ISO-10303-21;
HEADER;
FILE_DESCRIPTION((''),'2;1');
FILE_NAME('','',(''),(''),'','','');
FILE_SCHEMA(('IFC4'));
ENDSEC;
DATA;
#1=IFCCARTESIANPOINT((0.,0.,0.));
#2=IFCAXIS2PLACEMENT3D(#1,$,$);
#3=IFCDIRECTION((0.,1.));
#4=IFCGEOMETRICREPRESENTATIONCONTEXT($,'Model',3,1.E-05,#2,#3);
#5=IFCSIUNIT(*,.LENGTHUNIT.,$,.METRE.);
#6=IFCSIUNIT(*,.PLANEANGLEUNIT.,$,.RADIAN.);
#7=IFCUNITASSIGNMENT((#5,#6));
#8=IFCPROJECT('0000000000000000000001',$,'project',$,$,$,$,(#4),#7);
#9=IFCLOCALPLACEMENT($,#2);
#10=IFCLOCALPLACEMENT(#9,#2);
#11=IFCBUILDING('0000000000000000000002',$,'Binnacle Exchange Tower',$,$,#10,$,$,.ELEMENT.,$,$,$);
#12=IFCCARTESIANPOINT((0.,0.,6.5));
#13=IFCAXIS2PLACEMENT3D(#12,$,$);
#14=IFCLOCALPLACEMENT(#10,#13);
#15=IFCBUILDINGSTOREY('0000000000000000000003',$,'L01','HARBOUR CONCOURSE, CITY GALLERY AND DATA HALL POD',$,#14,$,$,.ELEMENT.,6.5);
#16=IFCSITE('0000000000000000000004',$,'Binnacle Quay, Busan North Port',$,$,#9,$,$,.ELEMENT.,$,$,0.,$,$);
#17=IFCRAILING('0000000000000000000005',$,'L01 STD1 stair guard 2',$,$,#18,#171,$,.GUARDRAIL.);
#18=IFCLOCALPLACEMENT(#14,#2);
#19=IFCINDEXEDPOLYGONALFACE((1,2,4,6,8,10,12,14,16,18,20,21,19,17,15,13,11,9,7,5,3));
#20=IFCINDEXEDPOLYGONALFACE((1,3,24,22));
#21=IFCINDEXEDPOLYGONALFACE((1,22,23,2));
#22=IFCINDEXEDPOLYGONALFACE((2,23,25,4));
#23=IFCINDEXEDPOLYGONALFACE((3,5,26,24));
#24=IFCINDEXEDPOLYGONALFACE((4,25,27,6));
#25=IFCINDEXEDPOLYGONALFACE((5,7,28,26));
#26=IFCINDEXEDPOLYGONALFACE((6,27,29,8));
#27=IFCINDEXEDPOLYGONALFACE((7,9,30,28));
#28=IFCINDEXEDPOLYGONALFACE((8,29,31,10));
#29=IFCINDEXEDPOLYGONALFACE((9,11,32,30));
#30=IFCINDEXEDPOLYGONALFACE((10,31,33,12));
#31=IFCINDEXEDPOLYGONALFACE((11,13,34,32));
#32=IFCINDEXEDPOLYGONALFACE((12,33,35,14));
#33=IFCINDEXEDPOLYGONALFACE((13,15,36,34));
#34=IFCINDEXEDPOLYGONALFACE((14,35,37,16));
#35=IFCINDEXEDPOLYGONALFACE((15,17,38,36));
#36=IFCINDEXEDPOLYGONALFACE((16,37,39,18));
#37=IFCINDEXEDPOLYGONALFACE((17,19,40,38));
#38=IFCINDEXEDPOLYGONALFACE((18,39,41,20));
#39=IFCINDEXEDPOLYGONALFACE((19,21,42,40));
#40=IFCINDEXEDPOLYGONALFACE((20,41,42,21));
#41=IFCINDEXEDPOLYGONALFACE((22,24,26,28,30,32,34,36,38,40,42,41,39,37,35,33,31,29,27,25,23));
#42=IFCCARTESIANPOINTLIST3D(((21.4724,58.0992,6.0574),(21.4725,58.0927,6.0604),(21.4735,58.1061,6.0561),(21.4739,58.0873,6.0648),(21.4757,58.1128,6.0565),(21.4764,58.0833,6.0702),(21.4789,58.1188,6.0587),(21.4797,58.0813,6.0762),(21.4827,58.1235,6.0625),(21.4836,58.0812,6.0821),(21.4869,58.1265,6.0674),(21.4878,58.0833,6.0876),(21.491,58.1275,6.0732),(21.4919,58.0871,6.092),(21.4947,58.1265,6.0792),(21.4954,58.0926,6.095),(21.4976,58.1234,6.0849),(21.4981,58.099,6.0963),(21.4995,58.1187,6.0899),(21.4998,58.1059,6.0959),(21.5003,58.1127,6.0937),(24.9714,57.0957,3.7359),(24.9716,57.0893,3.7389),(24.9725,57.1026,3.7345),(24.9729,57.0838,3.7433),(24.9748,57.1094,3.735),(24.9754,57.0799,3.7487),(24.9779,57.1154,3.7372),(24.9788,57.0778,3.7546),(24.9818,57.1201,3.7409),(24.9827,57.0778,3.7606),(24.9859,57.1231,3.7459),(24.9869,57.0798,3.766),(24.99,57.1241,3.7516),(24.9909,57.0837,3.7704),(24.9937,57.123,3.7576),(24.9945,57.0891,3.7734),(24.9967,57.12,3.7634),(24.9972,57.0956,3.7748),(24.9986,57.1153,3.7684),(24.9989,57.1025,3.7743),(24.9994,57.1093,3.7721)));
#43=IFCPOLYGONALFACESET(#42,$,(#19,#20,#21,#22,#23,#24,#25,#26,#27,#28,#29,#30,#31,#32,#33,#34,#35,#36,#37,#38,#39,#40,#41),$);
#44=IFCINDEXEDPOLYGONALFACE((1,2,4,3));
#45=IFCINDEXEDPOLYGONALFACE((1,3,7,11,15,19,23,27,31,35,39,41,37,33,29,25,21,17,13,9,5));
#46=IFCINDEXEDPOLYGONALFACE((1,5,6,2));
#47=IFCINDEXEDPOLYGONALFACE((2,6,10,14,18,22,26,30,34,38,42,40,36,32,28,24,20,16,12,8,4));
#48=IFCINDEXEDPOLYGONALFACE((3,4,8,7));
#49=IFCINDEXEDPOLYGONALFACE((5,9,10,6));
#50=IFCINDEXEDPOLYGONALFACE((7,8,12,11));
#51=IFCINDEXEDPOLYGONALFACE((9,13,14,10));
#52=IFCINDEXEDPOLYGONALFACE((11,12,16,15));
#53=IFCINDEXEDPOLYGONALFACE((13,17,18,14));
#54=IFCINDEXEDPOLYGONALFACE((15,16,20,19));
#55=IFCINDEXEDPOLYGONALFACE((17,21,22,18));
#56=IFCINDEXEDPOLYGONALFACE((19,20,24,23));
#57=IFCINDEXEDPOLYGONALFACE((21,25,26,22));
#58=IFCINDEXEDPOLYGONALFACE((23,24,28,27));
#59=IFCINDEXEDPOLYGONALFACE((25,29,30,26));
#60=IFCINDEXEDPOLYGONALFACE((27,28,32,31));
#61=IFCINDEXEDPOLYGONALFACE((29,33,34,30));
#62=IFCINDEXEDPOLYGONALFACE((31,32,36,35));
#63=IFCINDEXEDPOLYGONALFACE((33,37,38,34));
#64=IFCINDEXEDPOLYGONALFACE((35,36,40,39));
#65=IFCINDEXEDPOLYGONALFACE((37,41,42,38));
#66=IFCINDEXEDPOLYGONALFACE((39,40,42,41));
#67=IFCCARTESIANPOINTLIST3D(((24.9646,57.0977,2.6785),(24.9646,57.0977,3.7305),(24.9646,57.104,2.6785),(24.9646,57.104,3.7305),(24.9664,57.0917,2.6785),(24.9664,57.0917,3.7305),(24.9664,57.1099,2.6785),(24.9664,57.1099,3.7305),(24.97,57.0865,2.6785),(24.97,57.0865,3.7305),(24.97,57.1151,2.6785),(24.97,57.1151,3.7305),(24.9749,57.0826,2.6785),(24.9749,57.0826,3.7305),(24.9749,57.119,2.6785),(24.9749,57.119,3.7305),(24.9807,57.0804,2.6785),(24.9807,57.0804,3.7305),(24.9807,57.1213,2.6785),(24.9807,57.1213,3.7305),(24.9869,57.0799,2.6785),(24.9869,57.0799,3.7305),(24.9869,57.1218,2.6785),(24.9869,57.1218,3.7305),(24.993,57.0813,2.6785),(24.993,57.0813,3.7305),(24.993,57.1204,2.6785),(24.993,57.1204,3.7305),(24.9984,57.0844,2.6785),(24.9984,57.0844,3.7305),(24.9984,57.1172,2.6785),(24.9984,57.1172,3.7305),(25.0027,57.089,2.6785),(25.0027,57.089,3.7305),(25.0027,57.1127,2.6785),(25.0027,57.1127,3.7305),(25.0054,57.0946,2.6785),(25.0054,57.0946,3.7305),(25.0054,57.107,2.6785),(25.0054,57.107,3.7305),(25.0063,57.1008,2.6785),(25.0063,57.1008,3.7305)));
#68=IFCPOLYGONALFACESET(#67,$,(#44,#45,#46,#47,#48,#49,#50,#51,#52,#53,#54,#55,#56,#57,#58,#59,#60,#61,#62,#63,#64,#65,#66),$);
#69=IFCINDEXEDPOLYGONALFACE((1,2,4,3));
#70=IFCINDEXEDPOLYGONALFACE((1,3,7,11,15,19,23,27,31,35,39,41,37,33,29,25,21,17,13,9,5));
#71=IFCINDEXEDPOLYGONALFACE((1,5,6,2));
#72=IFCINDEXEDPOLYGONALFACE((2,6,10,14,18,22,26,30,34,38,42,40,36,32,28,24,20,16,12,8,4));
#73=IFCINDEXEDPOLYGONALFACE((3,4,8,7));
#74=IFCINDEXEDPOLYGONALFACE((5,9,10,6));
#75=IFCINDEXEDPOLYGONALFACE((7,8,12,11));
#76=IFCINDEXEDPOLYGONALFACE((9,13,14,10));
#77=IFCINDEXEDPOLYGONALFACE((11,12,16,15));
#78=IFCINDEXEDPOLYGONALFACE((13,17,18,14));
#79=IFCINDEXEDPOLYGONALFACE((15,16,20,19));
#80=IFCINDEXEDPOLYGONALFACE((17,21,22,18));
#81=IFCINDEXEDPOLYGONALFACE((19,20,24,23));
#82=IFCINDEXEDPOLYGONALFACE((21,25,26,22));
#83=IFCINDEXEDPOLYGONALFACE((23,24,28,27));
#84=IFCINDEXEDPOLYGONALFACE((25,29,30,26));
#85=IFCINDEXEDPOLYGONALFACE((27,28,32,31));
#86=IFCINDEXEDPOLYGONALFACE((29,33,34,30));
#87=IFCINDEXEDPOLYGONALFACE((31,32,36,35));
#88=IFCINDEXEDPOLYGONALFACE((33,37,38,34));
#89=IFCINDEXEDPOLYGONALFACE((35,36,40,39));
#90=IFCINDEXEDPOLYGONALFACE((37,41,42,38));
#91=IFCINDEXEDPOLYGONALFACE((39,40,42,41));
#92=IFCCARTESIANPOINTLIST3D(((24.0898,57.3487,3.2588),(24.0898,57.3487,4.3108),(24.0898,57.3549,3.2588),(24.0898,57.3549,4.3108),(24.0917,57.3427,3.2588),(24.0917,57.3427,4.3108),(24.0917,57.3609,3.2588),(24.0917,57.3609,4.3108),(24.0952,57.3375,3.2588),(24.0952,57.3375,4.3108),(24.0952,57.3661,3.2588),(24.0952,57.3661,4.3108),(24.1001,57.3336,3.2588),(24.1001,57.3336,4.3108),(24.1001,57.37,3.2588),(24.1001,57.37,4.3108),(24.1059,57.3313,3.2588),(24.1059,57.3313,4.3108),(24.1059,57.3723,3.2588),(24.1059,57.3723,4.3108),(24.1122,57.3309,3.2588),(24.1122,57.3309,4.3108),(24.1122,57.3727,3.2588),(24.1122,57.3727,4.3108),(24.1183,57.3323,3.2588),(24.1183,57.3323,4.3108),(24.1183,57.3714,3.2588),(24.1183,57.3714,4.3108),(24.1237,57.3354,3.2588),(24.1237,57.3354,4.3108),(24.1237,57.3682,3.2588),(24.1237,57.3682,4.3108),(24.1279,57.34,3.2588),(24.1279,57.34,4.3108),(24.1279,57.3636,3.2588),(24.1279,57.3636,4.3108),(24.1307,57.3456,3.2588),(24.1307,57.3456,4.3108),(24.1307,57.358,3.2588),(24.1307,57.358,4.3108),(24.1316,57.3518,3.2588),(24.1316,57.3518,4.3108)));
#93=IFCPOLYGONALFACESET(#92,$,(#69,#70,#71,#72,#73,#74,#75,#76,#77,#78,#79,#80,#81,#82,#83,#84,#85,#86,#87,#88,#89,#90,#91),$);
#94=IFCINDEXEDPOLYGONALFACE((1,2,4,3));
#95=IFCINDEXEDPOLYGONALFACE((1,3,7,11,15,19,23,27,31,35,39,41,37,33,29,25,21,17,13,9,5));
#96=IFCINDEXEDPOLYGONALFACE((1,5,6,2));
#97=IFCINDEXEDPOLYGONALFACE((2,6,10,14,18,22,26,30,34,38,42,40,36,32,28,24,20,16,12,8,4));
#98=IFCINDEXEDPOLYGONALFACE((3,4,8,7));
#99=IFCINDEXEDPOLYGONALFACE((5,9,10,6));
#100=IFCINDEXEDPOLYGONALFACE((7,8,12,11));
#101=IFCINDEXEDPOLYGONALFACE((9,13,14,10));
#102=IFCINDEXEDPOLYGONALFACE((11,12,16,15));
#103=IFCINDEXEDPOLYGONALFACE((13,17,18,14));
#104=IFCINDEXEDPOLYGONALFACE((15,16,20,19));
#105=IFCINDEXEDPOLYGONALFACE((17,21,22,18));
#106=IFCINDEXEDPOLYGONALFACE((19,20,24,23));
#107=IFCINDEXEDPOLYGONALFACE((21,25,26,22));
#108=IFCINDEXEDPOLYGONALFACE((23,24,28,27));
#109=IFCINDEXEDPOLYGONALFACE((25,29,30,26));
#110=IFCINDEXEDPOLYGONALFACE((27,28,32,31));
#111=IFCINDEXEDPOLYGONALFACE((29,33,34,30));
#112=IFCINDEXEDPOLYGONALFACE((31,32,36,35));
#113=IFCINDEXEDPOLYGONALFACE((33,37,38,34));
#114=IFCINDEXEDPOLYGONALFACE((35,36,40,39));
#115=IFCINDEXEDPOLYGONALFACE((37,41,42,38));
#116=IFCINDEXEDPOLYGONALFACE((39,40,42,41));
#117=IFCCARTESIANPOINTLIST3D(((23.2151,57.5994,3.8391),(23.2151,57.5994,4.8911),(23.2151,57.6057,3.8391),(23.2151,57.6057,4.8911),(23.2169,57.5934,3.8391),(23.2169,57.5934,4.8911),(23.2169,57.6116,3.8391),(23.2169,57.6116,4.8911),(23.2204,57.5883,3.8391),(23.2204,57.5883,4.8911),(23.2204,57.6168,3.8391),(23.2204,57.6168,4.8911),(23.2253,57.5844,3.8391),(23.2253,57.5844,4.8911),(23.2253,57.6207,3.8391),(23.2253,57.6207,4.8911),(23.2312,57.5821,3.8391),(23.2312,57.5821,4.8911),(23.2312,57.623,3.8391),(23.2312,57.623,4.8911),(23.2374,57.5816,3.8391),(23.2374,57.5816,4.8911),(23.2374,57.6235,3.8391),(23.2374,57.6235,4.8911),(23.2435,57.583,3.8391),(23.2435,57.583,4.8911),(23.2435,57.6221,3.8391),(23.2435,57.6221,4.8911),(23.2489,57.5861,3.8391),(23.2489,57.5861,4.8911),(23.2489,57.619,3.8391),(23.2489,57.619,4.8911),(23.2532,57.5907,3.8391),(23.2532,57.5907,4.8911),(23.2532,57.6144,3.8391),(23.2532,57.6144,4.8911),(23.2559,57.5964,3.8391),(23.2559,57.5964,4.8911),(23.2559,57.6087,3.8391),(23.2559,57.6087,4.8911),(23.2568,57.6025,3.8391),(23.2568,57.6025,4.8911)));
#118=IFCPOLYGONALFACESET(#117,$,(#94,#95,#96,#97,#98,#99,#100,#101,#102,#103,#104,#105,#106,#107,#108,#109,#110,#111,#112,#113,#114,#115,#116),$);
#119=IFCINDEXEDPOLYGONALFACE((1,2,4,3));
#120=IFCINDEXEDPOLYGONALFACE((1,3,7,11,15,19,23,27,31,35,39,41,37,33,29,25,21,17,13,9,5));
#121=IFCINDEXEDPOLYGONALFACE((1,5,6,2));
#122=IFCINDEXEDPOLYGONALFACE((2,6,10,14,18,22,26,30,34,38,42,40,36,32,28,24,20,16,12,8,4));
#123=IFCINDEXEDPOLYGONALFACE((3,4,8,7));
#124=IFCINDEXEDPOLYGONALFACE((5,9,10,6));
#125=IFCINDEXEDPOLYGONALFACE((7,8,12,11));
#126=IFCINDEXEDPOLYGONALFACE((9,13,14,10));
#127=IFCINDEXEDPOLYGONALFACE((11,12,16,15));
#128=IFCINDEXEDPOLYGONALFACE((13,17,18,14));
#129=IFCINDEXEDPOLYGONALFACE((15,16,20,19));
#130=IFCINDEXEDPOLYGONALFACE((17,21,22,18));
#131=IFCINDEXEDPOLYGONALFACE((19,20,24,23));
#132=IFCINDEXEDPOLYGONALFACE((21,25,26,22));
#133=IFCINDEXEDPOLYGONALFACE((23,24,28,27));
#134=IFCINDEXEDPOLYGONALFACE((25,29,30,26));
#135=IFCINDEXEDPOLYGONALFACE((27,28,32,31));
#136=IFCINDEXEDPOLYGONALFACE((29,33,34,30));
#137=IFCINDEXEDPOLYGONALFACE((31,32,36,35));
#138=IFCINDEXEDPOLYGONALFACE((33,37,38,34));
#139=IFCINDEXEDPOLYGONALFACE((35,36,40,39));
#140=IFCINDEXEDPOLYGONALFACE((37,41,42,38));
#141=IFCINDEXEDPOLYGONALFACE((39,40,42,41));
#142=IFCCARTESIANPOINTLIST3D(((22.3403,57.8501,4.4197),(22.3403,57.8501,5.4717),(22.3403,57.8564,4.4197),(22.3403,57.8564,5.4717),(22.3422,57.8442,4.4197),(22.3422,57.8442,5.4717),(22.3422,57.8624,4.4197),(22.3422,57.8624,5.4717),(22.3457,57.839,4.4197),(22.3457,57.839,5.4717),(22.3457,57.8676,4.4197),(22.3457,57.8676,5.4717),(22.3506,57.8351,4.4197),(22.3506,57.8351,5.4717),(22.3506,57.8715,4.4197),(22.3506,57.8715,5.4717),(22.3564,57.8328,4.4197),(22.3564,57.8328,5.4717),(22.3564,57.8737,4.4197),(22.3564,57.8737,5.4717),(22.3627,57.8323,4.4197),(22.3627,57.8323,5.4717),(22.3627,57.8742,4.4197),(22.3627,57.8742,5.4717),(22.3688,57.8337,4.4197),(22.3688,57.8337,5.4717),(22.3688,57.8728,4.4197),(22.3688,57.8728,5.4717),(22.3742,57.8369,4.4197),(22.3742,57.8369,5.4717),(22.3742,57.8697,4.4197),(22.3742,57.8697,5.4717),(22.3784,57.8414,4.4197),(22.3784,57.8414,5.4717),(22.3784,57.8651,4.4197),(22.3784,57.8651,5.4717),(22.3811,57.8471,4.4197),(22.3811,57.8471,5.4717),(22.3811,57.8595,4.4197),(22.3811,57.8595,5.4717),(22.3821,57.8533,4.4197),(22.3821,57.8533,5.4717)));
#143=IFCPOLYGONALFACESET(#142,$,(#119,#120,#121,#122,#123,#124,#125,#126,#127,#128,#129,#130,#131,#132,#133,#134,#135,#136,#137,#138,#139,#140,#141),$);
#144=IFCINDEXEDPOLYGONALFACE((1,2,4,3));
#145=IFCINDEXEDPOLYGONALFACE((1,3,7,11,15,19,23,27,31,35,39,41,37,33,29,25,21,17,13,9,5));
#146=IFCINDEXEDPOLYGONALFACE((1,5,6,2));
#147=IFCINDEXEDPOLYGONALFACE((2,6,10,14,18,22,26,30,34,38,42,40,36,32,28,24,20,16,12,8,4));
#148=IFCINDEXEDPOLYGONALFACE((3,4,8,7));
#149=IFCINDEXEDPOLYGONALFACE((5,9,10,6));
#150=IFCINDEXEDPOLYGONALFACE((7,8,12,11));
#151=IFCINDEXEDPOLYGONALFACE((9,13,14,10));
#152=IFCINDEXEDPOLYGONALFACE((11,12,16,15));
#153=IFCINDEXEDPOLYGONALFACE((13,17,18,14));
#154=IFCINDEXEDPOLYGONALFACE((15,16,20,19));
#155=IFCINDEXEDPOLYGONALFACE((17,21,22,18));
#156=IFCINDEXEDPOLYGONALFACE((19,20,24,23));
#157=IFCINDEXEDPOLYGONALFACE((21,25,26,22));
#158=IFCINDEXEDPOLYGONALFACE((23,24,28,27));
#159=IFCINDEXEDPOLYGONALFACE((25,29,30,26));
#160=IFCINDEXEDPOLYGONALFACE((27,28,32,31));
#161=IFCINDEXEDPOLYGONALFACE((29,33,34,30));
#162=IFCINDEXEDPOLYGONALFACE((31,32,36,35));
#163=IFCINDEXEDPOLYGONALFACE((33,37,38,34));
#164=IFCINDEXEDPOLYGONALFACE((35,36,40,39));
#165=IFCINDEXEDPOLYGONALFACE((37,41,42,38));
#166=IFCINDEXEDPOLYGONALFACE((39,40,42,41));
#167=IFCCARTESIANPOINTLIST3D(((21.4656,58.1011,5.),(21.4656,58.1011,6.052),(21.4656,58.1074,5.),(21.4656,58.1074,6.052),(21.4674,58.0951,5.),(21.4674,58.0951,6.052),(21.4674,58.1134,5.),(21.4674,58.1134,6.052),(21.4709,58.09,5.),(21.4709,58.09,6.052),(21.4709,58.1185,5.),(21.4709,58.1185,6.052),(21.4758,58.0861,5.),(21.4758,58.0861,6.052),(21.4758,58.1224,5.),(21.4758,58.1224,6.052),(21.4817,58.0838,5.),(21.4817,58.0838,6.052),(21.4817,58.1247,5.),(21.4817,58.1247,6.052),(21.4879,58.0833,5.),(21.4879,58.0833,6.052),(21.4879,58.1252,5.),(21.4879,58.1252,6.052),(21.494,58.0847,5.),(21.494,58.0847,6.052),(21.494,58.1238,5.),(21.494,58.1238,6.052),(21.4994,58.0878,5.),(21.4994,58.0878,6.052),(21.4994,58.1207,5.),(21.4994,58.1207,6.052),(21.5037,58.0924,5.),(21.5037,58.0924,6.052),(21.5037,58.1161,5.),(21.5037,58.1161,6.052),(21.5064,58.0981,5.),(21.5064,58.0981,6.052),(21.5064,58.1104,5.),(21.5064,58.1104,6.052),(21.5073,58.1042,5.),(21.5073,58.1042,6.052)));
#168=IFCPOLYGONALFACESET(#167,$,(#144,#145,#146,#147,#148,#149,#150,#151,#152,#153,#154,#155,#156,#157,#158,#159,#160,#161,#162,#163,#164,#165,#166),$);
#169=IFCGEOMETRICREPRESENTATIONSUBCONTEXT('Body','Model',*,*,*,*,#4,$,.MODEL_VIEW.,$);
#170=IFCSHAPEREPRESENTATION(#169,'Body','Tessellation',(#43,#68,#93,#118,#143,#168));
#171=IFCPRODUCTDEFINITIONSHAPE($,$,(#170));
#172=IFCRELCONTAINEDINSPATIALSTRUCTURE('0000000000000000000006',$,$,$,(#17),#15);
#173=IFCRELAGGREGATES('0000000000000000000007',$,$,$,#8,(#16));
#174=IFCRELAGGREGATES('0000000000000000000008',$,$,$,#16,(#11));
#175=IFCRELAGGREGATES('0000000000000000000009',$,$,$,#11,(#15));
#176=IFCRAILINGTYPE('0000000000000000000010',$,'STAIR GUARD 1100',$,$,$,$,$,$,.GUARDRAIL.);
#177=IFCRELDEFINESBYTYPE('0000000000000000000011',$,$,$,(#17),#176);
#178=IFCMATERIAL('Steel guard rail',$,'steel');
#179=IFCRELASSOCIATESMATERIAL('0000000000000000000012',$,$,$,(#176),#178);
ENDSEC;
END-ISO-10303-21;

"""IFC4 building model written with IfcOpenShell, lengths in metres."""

from ifc_helpers import new_model, si_unit, direction, frame, origin, origin_2d, place, context, subcontext, project, spatial, circle, extrude, material, type_object, element, save


model = new_model("IFC4")

# Units and contexts
model_context = context("Model", 3, precision=1e-05, world=origin(), true_north=direction((0.0, 1.0)))
body_context = subcontext(model_context, "Body", "Model", "MODEL_VIEW")
ifc_project = project(units=[si_unit("LENGTHUNIT", "METRE"), si_unit("PLANEANGLEUNIT", "RADIAN")], contexts=[model_context])

# Site, building, storey
site_placement = place(None, origin())
site = spatial("IfcSite", under=ifc_project, at=site_placement, Name="Binnacle Quay, Busan North Port", CompositionType="ELEMENT", RefElevation=0.0)
building_placement = place(site_placement, origin())
building = spatial("IfcBuilding", under=site, at=building_placement, Name="Binnacle Exchange Tower", CompositionType="ELEMENT")
storey_placement = place(building_placement, frame((0.0, 0.0, 6.5)))
storey = spatial("IfcBuildingStorey", under=building, at=storey_placement, Name="L01", Description="HARBOUR CONCOURSE, CITY GALLERY AND DATA HALL POD", CompositionType="ELEMENT", Elevation=6.5)

# Railing
ifc_material_1 = material(Name="Steel guard rail", Category="steel")
railing_type = type_object("IfcRailingType", Name="STAIR GUARD 1100", PredefinedType="GUARDRAIL", material=ifc_material_1)
railing_1_placement = place(storey_placement, frame((24.9854, 57.1008, 2.6785)))
element("IfcRailing", 1, at=railing_1_placement, inside=storey, type_object=railing_type, Name="L01 STD1 stair guard 2", PredefinedType="GUARDRAIL", context=body_context, shape_type="SweptSolid", body=[
    extrude(circle(Radius=0.0239, at=origin_2d()), frame((0.0, 0.0, 1.0762), z_axis=(-0.810456, 0.232415, 0.537722), x_axis=(-0.27566, -0.961255, 0.0)), (0.0, 0.0, 1.0), 4.3174),
    extrude(circle(Radius=0.021, at=origin_2d()), origin(), (0.0, 0.0, 1.0), 1.052),
    extrude(circle(Radius=0.021, at=origin_2d()), frame((-0.8748, 0.251, 0.5803)), (0.0, 0.0, 1.0), 1.052),
    extrude(circle(Radius=0.021, at=origin_2d()), frame((-1.7495, 0.5017, 1.1606)), (0.0, 0.0, 1.0), 1.052),
    extrude(circle(Radius=0.021, at=origin_2d()), frame((-2.6243, 0.7524, 1.7412)), (0.0, 0.0, 1.0), 1.052),
    extrude(circle(Radius=0.021, at=origin_2d()), frame((-3.499, 1.0034, 2.3215)), (0.0, 0.0, 1.0), 1.052),
])

save(model, "model.ifc")
